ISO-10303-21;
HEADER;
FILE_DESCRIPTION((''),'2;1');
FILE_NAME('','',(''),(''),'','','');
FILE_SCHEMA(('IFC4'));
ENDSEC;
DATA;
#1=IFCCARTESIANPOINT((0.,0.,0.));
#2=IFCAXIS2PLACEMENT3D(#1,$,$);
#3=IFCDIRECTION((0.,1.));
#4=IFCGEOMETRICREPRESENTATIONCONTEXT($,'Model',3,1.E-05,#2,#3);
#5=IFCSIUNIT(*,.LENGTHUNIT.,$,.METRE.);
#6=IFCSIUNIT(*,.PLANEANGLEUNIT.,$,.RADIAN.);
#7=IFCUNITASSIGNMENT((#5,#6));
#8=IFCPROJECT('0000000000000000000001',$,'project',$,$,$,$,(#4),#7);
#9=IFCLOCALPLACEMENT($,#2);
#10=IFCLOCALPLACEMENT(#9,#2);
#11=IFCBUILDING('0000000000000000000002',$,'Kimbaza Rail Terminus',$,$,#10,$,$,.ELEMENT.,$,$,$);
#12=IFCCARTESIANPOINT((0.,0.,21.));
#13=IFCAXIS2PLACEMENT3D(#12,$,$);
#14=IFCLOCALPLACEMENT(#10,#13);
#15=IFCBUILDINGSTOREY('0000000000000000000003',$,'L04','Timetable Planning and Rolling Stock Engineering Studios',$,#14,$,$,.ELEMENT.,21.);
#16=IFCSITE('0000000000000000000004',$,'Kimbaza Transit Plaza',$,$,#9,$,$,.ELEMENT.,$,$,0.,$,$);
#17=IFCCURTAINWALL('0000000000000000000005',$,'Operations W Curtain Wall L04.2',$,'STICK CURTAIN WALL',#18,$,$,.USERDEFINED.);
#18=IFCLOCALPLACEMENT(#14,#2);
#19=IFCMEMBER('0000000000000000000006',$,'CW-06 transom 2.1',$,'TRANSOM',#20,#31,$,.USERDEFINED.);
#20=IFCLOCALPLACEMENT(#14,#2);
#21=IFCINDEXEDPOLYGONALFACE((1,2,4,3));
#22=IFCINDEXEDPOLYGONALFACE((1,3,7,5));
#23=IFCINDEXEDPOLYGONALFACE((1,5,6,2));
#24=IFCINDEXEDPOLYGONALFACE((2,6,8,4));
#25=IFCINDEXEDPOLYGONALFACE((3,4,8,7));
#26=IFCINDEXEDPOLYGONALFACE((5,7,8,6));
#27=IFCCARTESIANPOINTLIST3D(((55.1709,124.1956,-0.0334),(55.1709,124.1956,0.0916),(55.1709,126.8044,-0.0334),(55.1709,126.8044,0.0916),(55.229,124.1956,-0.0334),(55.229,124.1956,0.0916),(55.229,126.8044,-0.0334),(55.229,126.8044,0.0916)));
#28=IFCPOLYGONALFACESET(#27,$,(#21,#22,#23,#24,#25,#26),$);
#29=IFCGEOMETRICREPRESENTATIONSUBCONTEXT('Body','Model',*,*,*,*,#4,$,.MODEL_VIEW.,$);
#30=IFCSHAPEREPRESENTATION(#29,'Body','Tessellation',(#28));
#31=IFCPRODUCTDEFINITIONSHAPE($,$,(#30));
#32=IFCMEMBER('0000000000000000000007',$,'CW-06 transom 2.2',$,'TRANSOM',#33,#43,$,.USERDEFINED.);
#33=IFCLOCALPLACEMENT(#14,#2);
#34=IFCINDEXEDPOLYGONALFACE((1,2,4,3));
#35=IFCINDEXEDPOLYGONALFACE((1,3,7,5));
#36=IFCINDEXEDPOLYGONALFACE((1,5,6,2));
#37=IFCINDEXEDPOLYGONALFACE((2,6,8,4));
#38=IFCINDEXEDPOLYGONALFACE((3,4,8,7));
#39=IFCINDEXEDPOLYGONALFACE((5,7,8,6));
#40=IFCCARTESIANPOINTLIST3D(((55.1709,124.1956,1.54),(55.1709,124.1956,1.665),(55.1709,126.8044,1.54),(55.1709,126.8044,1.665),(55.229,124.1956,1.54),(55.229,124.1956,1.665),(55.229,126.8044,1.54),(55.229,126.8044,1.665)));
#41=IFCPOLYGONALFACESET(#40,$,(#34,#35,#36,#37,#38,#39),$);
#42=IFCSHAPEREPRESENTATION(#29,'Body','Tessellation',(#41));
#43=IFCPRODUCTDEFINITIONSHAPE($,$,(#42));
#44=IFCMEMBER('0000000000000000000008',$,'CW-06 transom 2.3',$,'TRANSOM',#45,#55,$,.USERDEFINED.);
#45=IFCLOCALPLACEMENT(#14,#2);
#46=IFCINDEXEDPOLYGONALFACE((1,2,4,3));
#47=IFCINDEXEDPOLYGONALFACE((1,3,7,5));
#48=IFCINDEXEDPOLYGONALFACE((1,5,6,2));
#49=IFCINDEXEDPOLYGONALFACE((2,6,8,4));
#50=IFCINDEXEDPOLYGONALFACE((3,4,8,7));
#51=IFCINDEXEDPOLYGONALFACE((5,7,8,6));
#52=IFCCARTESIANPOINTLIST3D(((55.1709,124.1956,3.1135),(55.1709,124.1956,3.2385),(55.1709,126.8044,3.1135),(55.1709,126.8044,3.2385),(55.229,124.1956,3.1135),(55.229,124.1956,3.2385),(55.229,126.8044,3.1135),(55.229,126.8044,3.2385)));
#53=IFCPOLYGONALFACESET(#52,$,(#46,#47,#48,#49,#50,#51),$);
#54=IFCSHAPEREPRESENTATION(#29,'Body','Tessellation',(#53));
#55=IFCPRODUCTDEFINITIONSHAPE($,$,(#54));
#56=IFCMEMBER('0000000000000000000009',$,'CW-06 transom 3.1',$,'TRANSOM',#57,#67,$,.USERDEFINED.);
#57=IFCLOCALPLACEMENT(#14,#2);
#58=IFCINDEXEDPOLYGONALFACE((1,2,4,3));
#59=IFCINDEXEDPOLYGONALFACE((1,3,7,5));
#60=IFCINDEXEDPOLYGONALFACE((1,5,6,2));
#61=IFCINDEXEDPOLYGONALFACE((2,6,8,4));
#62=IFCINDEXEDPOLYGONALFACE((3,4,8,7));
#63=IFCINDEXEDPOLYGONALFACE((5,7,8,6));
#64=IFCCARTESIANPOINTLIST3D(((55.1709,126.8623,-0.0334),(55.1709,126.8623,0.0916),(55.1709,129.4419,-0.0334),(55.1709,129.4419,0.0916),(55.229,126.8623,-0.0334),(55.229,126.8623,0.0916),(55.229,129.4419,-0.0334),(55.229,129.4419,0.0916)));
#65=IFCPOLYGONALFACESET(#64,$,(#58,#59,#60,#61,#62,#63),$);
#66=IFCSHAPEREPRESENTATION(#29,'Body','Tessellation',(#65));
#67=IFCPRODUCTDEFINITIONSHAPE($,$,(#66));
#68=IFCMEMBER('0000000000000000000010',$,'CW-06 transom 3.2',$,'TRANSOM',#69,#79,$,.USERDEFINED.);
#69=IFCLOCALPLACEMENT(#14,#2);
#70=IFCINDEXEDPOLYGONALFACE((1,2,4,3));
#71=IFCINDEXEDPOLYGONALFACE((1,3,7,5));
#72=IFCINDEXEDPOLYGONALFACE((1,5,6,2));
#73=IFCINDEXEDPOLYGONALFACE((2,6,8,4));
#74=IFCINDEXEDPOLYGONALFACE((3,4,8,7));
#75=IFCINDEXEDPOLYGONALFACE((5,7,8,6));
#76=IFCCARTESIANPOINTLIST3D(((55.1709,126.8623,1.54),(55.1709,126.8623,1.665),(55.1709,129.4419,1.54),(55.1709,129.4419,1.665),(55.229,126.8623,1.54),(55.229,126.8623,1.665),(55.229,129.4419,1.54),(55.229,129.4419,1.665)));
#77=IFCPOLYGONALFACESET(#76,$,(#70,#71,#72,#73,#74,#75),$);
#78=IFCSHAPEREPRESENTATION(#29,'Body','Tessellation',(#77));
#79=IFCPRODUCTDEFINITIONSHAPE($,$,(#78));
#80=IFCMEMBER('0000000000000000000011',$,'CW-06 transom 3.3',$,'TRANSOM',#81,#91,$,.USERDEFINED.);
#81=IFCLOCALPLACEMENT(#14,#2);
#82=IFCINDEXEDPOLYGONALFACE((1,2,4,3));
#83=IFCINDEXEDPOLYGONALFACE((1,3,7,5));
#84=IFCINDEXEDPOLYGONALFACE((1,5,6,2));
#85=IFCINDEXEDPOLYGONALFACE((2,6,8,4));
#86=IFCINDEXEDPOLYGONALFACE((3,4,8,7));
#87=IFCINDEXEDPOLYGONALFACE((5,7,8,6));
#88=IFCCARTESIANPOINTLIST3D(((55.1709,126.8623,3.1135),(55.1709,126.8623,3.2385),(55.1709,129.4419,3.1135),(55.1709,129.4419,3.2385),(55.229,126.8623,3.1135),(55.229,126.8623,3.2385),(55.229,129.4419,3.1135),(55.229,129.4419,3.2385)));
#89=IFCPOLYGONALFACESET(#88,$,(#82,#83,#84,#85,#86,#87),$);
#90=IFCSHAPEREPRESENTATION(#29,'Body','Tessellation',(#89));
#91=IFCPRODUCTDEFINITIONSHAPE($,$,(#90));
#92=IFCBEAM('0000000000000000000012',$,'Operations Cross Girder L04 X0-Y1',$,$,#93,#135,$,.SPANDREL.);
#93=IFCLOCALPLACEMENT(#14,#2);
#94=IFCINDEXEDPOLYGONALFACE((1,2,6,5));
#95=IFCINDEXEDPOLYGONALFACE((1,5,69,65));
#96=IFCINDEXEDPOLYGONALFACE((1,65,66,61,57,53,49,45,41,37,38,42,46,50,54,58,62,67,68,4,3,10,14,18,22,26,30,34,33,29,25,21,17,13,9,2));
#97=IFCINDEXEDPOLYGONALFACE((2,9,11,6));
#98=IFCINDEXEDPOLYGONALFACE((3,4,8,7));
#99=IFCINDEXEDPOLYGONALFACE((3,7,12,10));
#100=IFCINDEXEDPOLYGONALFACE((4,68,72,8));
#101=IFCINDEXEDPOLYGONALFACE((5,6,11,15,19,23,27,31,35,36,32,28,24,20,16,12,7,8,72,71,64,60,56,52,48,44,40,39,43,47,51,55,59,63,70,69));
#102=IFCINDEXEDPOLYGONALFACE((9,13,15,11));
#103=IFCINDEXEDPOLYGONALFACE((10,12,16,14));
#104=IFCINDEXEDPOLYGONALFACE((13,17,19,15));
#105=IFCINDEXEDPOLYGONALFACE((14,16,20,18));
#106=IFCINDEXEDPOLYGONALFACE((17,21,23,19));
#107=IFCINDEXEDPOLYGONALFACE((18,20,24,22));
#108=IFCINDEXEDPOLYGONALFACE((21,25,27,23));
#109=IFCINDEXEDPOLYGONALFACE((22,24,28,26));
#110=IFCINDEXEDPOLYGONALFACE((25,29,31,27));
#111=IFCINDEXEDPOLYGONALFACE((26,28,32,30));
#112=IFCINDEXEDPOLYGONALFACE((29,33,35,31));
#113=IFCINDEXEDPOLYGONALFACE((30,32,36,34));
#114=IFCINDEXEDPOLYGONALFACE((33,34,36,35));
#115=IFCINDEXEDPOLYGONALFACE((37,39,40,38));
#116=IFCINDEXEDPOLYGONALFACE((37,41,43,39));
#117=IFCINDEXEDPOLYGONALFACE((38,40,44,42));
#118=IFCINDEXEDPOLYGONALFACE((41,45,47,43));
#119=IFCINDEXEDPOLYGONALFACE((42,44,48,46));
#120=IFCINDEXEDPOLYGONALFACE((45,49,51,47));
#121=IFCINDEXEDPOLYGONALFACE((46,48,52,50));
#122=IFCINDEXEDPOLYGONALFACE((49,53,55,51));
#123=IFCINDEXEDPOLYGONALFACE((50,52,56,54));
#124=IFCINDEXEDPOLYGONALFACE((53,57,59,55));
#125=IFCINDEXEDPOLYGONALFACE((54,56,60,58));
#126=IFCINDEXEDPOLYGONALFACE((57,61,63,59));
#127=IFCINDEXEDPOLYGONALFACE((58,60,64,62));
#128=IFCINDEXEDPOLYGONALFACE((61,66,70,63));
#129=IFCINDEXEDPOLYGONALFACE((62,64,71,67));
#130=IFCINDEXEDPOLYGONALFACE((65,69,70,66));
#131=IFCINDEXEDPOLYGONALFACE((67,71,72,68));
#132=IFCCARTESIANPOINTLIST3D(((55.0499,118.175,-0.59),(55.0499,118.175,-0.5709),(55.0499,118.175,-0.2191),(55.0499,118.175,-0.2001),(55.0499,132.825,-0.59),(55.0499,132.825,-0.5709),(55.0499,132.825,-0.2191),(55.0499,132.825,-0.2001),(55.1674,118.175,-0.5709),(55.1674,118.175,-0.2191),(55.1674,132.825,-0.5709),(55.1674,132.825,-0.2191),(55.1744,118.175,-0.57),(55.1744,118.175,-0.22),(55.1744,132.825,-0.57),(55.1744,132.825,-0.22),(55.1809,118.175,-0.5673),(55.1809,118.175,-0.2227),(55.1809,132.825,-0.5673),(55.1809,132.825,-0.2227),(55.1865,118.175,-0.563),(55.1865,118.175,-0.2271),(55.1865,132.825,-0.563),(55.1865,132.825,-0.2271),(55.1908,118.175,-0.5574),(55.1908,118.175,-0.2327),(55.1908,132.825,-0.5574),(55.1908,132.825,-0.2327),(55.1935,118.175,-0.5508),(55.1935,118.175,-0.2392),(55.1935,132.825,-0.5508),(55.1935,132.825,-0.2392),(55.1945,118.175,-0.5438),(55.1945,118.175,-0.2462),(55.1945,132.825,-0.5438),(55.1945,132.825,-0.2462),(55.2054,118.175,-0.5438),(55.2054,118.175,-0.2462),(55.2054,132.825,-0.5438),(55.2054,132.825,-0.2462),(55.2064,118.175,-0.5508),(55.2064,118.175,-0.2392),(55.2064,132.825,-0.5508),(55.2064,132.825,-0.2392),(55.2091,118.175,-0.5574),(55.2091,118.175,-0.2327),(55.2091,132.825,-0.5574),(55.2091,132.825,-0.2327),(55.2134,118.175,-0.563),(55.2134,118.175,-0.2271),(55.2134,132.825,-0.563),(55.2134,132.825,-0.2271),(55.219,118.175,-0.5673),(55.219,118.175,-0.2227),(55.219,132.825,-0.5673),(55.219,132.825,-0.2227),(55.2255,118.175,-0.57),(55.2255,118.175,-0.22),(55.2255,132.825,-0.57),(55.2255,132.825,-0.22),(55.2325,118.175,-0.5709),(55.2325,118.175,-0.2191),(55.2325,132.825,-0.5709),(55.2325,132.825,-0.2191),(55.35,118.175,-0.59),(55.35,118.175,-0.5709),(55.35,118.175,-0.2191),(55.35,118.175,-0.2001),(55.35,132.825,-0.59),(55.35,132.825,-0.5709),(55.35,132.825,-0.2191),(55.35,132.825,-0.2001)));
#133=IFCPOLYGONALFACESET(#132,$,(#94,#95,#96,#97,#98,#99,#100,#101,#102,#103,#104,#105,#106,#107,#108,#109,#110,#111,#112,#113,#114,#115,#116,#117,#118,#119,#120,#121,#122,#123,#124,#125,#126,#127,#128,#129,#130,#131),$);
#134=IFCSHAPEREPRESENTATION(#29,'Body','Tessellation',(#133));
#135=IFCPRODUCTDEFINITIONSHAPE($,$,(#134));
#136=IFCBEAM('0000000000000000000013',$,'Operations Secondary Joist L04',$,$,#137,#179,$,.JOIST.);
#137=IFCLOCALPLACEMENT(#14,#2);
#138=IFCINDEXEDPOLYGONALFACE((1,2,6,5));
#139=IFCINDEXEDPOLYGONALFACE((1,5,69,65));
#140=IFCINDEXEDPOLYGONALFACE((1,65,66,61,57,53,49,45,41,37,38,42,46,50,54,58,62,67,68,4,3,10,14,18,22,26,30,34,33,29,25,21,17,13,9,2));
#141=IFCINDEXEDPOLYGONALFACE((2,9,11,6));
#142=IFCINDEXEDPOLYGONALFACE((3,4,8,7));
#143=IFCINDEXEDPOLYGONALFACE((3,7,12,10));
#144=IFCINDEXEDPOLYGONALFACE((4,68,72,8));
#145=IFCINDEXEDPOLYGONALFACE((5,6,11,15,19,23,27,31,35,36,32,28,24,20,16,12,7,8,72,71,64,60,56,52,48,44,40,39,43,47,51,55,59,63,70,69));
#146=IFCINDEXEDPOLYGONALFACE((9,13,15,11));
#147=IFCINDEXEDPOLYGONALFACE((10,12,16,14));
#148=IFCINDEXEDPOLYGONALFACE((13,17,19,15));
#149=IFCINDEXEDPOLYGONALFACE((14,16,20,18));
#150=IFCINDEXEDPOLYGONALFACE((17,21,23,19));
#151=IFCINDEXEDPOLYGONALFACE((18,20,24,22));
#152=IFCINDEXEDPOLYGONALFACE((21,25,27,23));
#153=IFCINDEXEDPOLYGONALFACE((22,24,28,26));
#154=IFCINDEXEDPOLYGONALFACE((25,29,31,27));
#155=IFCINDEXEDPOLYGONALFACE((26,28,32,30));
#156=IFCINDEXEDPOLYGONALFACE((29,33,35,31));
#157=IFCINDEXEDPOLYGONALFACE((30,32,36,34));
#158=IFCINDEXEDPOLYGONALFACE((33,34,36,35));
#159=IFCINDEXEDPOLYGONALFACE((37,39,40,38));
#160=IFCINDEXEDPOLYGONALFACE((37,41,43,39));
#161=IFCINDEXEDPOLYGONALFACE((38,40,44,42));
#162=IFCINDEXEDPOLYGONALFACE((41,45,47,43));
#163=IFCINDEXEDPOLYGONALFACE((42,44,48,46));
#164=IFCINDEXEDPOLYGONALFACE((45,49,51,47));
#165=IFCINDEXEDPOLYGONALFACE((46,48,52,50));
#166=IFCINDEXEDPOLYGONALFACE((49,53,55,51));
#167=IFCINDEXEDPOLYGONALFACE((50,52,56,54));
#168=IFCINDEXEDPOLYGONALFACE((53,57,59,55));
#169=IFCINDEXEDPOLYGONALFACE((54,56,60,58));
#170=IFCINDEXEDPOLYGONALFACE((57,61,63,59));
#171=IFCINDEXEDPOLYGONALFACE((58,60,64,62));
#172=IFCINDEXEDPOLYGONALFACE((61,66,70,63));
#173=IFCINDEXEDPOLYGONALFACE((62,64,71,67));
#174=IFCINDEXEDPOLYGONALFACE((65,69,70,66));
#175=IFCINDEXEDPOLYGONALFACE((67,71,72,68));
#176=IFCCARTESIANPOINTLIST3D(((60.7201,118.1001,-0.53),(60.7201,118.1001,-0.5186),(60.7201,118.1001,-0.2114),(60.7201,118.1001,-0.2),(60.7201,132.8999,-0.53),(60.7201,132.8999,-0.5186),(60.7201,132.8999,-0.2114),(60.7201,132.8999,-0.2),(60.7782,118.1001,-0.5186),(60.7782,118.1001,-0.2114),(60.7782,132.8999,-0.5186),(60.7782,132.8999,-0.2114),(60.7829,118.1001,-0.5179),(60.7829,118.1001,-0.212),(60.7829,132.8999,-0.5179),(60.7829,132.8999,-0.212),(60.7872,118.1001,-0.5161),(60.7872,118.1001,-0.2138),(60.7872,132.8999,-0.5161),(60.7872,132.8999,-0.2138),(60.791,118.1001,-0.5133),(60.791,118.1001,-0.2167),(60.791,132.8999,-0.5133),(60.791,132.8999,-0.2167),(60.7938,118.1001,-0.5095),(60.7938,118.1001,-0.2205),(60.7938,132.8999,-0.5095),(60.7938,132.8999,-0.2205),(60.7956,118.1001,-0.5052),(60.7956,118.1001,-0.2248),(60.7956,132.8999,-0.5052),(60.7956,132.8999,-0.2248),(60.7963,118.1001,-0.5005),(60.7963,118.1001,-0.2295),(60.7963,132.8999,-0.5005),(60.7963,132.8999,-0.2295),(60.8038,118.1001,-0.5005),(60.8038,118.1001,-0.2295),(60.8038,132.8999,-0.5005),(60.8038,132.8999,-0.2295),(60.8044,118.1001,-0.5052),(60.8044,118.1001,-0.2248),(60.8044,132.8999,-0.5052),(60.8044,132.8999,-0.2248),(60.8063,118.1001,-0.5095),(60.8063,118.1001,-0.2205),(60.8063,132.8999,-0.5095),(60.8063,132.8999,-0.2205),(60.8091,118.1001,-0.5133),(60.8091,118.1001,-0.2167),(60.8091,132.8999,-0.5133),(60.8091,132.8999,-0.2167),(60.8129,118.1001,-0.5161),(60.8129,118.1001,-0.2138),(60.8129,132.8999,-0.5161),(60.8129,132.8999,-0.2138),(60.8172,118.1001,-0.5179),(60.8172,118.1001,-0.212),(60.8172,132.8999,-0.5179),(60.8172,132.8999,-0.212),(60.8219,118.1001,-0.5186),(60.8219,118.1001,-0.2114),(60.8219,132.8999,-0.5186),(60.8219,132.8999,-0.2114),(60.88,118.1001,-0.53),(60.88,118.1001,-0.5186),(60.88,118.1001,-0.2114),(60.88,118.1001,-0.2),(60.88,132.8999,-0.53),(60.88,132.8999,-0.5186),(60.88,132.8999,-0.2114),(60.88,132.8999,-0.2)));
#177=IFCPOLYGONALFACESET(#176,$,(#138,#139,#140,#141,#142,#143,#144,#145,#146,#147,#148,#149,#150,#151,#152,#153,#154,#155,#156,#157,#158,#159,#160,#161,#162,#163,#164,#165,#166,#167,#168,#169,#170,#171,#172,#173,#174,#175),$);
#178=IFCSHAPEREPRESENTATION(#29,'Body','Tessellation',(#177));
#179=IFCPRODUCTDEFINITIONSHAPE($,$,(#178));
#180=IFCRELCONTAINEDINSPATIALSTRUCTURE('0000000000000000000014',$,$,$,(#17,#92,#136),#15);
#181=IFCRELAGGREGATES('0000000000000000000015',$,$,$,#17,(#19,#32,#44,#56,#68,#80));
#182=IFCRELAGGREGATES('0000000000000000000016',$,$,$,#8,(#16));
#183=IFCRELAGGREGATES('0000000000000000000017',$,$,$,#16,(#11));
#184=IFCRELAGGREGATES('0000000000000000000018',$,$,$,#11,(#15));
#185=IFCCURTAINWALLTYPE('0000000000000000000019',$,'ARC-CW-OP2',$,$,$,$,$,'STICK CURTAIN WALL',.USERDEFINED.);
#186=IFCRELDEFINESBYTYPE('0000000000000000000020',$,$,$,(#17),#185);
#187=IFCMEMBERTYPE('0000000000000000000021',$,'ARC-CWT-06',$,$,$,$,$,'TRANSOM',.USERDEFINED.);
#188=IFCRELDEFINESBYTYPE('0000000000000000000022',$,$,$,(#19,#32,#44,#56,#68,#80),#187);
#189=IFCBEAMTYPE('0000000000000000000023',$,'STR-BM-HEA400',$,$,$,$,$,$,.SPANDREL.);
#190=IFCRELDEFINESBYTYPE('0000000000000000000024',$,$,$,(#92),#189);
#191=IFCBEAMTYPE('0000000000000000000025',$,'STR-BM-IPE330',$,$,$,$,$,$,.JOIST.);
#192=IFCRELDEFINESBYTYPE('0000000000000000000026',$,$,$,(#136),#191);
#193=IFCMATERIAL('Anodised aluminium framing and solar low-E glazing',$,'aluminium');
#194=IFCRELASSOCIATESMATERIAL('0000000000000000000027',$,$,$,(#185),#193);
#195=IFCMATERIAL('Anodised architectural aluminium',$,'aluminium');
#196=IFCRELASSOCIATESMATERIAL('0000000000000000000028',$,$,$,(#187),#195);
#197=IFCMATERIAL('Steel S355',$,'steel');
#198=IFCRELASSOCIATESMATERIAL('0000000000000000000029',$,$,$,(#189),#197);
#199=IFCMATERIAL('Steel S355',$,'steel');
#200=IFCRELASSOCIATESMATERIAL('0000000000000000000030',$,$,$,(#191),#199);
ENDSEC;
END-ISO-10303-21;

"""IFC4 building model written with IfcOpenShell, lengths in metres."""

from ifc_helpers import new_model, si_unit, direction, frame, origin, origin_2d, place, context, subcontext, project, spatial, rectangle, i_section, extrude, material, material_profile, profile_set, type_object, element, aggregate, save


model = new_model("IFC4")

# Units and contexts
model_context = context("Model", 3, precision=1e-05, world=origin(), true_north=direction((0.0, 1.0)))
body_context = subcontext(model_context, "Body", "Model", "MODEL_VIEW")
ifc_project = project(units=[si_unit("LENGTHUNIT", "METRE"), si_unit("PLANEANGLEUNIT", "RADIAN")], contexts=[model_context])

# Site, building, storey
site_placement = place(None, origin())
site = spatial("IfcSite", under=ifc_project, at=site_placement, Name="Kimbaza Transit Plaza", CompositionType="ELEMENT", RefElevation=0.0)
building_placement = place(site_placement, origin())
building = spatial("IfcBuilding", under=site, at=building_placement, Name="Kimbaza Rail Terminus", CompositionType="ELEMENT")
storey_placement = place(building_placement, frame((0.0, 0.0, 21.0)))
storey = spatial("IfcBuildingStorey", under=building, at=storey_placement, Name="L04", Description="Timetable Planning and Rolling Stock Engineering Studios", CompositionType="ELEMENT", Elevation=21.0)

# Shared definitions
ifc_material_1 = material(Name="Anodised aluminium framing and solar low-E glazing", Category="aluminium")
curtain_wall_type = type_object("IfcCurtainWallType", Name="ARC-CW-OP2", ElementType="STICK CURTAIN WALL", PredefinedType="USERDEFINED", material=ifc_material_1)

# Curtain wall, members
curtain_wall_1_placement = place(storey_placement, origin())
curtain_wall_1 = element("IfcCurtainWall", 1, at=curtain_wall_1_placement, inside=storey, type_object=curtain_wall_type, Name="Operations W Curtain Wall L04.2", ObjectType="STICK CURTAIN WALL", PredefinedType="USERDEFINED")
ifc_material_2 = material(Name="Anodised architectural aluminium", Category="aluminium")
ifc_material_profile_1 = material_profile(ifc_material_2, rectangle(XDim=0.0581, YDim=0.125, at=origin_2d()), Name="TRANSOM 58x125")
ifc_profile_set_1 = profile_set([ifc_material_profile_1], Name="Anodised architectural aluminium")
member_type_1 = type_object("IfcMemberType", Name="ARC-CWT-06", ElementType="TRANSOM", PredefinedType="USERDEFINED", material=ifc_profile_set_1)
member_1_placement = place(storey_placement, frame((55.2, 124.1956, 0.0291), z_axis=(0.0, 1.0, 0.0), x_axis=(-1.0, 0.0, 0.0)))
member_1 = element("IfcMember", 2, at=member_1_placement, type_object=member_type_1, Name="CW-06 transom 2.1", ObjectType="TRANSOM", PredefinedType="USERDEFINED", context=body_context, shape_type="SweptSolid", body=[
    extrude(rectangle(XDim=0.0581, YDim=0.125, at=origin_2d()), origin(), (0.0, 0.0, 1.0), 2.6089),
])
member_2_placement = place(storey_placement, frame((55.2, 124.1956, 1.6025), z_axis=(0.0, 1.0, 0.0), x_axis=(-1.0, 0.0, 0.0)))
member_2 = element("IfcMember", 3, at=member_2_placement, type_object=member_type_1, Name="CW-06 transom 2.2", ObjectType="TRANSOM", PredefinedType="USERDEFINED", context=body_context, shape_type="SweptSolid", body=[
    extrude(rectangle(XDim=0.0581, YDim=0.125, at=origin_2d()), origin(), (0.0, 0.0, 1.0), 2.6089),
])
member_3_placement = place(storey_placement, frame((55.2, 124.1956, 3.176), z_axis=(0.0, 1.0, 0.0), x_axis=(-1.0, 0.0, 0.0)))
member_3 = element("IfcMember", 4, at=member_3_placement, type_object=member_type_1, Name="CW-06 transom 2.3", ObjectType="TRANSOM", PredefinedType="USERDEFINED", context=body_context, shape_type="SweptSolid", body=[
    extrude(rectangle(XDim=0.0581, YDim=0.125, at=origin_2d()), origin(), (0.0, 0.0, 1.0), 2.6089),
])
member_4_placement = place(storey_placement, frame((55.2, 126.8623, 0.0291), z_axis=(0.0, 1.0, 0.0), x_axis=(-1.0, 0.0, 0.0)))
member_4 = element("IfcMember", 5, at=member_4_placement, type_object=member_type_1, Name="CW-06 transom 3.1", ObjectType="TRANSOM", PredefinedType="USERDEFINED", context=body_context, shape_type="SweptSolid", body=[
    extrude(rectangle(XDim=0.0581, YDim=0.125, at=origin_2d()), origin(), (0.0, 0.0, 1.0), 2.5796),
])
member_5_placement = place(storey_placement, frame((55.2, 126.8623, 1.6025), z_axis=(0.0, 1.0, 0.0), x_axis=(-1.0, 0.0, 0.0)))
member_5 = element("IfcMember", 6, at=member_5_placement, type_object=member_type_1, Name="CW-06 transom 3.2", ObjectType="TRANSOM", PredefinedType="USERDEFINED", context=body_context, shape_type="SweptSolid", body=[
    extrude(rectangle(XDim=0.0581, YDim=0.125, at=origin_2d()), origin(), (0.0, 0.0, 1.0), 2.5796),
])
member_6_placement = place(storey_placement, frame((55.2, 126.8623, 3.176), z_axis=(0.0, 1.0, 0.0), x_axis=(-1.0, 0.0, 0.0)))
member_6 = element("IfcMember", 7, at=member_6_placement, type_object=member_type_1, Name="CW-06 transom 3.3", ObjectType="TRANSOM", PredefinedType="USERDEFINED", context=body_context, shape_type="SweptSolid", body=[
    extrude(rectangle(XDim=0.0581, YDim=0.125, at=origin_2d()), origin(), (0.0, 0.0, 1.0), 2.5796),
])

# Beams
ifc_material_3 = material(Name="Steel S355", Category="steel")
ifc_material_profile_2 = material_profile(ifc_material_3, i_section(OverallWidth=0.3, OverallDepth=0.3899, WebThickness=0.011, FlangeThickness=0.019, FilletRadius=0.0271, at=origin_2d()), Name="HEA 400")
ifc_profile_set_2 = profile_set([ifc_material_profile_2], Name="Steel S355")
beam_type_1 = type_object("IfcBeamType", Name="STR-BM-HEA400", PredefinedType="SPANDREL", material=ifc_profile_set_2)
beam_1_placement = place(storey_placement, frame((55.2, 118.175, -0.395), z_axis=(0.0, 1.0, 0.0), x_axis=(-1.0, 0.0, 0.0)))
element("IfcBeam", 8, at=beam_1_placement, inside=storey, type_object=beam_type_1, Name="Operations Cross Girder L04 X0-Y1", PredefinedType="SPANDREL", context=body_context, shape_type="SweptSolid", body=[
    extrude(i_section(OverallWidth=0.3, OverallDepth=0.3899, WebThickness=0.011, FlangeThickness=0.019, FilletRadius=0.0271, at=origin_2d()), origin(), (0.0, 0.0, 1.0), 14.6499),
])
ifc_material_4 = material(Name="Steel S355", Category="steel")
ifc_material_profile_3 = material_profile(ifc_material_4, i_section(OverallWidth=0.1599, OverallDepth=0.3301, WebThickness=0.0076, FlangeThickness=0.0115, FilletRadius=0.0181, at=origin_2d()), Name="IPE 330")
ifc_profile_set_3 = profile_set([ifc_material_profile_3], Name="Steel S355")
beam_type_2 = type_object("IfcBeamType", Name="STR-BM-IPE330", PredefinedType="JOIST", material=ifc_profile_set_3)
for number, where, z_axis, x_axis, name in (
    (9, (60.8, 118.1001, -0.365), (0.0, 1.0, 0.0), (-1.0, 0.0, 0.0), "Operations Secondary Joist L04"),
):
    element("IfcBeam", number, at=place(storey_placement, frame(where, z_axis=z_axis, x_axis=x_axis)), inside=storey, type_object=beam_type_2, Name=name, PredefinedType="JOIST", context=body_context, shape_type="SweptSolid", body=[
        extrude(i_section(OverallWidth=0.1599, OverallDepth=0.3301, WebThickness=0.0076, FlangeThickness=0.0115, FilletRadius=0.0181, at=origin_2d()), origin(), (0.0, 0.0, 1.0), 14.7998),
    ])

aggregate(curtain_wall_1, [member_1, member_2, member_3, member_4, member_5, member_6])

save(model, "model.ifc")
